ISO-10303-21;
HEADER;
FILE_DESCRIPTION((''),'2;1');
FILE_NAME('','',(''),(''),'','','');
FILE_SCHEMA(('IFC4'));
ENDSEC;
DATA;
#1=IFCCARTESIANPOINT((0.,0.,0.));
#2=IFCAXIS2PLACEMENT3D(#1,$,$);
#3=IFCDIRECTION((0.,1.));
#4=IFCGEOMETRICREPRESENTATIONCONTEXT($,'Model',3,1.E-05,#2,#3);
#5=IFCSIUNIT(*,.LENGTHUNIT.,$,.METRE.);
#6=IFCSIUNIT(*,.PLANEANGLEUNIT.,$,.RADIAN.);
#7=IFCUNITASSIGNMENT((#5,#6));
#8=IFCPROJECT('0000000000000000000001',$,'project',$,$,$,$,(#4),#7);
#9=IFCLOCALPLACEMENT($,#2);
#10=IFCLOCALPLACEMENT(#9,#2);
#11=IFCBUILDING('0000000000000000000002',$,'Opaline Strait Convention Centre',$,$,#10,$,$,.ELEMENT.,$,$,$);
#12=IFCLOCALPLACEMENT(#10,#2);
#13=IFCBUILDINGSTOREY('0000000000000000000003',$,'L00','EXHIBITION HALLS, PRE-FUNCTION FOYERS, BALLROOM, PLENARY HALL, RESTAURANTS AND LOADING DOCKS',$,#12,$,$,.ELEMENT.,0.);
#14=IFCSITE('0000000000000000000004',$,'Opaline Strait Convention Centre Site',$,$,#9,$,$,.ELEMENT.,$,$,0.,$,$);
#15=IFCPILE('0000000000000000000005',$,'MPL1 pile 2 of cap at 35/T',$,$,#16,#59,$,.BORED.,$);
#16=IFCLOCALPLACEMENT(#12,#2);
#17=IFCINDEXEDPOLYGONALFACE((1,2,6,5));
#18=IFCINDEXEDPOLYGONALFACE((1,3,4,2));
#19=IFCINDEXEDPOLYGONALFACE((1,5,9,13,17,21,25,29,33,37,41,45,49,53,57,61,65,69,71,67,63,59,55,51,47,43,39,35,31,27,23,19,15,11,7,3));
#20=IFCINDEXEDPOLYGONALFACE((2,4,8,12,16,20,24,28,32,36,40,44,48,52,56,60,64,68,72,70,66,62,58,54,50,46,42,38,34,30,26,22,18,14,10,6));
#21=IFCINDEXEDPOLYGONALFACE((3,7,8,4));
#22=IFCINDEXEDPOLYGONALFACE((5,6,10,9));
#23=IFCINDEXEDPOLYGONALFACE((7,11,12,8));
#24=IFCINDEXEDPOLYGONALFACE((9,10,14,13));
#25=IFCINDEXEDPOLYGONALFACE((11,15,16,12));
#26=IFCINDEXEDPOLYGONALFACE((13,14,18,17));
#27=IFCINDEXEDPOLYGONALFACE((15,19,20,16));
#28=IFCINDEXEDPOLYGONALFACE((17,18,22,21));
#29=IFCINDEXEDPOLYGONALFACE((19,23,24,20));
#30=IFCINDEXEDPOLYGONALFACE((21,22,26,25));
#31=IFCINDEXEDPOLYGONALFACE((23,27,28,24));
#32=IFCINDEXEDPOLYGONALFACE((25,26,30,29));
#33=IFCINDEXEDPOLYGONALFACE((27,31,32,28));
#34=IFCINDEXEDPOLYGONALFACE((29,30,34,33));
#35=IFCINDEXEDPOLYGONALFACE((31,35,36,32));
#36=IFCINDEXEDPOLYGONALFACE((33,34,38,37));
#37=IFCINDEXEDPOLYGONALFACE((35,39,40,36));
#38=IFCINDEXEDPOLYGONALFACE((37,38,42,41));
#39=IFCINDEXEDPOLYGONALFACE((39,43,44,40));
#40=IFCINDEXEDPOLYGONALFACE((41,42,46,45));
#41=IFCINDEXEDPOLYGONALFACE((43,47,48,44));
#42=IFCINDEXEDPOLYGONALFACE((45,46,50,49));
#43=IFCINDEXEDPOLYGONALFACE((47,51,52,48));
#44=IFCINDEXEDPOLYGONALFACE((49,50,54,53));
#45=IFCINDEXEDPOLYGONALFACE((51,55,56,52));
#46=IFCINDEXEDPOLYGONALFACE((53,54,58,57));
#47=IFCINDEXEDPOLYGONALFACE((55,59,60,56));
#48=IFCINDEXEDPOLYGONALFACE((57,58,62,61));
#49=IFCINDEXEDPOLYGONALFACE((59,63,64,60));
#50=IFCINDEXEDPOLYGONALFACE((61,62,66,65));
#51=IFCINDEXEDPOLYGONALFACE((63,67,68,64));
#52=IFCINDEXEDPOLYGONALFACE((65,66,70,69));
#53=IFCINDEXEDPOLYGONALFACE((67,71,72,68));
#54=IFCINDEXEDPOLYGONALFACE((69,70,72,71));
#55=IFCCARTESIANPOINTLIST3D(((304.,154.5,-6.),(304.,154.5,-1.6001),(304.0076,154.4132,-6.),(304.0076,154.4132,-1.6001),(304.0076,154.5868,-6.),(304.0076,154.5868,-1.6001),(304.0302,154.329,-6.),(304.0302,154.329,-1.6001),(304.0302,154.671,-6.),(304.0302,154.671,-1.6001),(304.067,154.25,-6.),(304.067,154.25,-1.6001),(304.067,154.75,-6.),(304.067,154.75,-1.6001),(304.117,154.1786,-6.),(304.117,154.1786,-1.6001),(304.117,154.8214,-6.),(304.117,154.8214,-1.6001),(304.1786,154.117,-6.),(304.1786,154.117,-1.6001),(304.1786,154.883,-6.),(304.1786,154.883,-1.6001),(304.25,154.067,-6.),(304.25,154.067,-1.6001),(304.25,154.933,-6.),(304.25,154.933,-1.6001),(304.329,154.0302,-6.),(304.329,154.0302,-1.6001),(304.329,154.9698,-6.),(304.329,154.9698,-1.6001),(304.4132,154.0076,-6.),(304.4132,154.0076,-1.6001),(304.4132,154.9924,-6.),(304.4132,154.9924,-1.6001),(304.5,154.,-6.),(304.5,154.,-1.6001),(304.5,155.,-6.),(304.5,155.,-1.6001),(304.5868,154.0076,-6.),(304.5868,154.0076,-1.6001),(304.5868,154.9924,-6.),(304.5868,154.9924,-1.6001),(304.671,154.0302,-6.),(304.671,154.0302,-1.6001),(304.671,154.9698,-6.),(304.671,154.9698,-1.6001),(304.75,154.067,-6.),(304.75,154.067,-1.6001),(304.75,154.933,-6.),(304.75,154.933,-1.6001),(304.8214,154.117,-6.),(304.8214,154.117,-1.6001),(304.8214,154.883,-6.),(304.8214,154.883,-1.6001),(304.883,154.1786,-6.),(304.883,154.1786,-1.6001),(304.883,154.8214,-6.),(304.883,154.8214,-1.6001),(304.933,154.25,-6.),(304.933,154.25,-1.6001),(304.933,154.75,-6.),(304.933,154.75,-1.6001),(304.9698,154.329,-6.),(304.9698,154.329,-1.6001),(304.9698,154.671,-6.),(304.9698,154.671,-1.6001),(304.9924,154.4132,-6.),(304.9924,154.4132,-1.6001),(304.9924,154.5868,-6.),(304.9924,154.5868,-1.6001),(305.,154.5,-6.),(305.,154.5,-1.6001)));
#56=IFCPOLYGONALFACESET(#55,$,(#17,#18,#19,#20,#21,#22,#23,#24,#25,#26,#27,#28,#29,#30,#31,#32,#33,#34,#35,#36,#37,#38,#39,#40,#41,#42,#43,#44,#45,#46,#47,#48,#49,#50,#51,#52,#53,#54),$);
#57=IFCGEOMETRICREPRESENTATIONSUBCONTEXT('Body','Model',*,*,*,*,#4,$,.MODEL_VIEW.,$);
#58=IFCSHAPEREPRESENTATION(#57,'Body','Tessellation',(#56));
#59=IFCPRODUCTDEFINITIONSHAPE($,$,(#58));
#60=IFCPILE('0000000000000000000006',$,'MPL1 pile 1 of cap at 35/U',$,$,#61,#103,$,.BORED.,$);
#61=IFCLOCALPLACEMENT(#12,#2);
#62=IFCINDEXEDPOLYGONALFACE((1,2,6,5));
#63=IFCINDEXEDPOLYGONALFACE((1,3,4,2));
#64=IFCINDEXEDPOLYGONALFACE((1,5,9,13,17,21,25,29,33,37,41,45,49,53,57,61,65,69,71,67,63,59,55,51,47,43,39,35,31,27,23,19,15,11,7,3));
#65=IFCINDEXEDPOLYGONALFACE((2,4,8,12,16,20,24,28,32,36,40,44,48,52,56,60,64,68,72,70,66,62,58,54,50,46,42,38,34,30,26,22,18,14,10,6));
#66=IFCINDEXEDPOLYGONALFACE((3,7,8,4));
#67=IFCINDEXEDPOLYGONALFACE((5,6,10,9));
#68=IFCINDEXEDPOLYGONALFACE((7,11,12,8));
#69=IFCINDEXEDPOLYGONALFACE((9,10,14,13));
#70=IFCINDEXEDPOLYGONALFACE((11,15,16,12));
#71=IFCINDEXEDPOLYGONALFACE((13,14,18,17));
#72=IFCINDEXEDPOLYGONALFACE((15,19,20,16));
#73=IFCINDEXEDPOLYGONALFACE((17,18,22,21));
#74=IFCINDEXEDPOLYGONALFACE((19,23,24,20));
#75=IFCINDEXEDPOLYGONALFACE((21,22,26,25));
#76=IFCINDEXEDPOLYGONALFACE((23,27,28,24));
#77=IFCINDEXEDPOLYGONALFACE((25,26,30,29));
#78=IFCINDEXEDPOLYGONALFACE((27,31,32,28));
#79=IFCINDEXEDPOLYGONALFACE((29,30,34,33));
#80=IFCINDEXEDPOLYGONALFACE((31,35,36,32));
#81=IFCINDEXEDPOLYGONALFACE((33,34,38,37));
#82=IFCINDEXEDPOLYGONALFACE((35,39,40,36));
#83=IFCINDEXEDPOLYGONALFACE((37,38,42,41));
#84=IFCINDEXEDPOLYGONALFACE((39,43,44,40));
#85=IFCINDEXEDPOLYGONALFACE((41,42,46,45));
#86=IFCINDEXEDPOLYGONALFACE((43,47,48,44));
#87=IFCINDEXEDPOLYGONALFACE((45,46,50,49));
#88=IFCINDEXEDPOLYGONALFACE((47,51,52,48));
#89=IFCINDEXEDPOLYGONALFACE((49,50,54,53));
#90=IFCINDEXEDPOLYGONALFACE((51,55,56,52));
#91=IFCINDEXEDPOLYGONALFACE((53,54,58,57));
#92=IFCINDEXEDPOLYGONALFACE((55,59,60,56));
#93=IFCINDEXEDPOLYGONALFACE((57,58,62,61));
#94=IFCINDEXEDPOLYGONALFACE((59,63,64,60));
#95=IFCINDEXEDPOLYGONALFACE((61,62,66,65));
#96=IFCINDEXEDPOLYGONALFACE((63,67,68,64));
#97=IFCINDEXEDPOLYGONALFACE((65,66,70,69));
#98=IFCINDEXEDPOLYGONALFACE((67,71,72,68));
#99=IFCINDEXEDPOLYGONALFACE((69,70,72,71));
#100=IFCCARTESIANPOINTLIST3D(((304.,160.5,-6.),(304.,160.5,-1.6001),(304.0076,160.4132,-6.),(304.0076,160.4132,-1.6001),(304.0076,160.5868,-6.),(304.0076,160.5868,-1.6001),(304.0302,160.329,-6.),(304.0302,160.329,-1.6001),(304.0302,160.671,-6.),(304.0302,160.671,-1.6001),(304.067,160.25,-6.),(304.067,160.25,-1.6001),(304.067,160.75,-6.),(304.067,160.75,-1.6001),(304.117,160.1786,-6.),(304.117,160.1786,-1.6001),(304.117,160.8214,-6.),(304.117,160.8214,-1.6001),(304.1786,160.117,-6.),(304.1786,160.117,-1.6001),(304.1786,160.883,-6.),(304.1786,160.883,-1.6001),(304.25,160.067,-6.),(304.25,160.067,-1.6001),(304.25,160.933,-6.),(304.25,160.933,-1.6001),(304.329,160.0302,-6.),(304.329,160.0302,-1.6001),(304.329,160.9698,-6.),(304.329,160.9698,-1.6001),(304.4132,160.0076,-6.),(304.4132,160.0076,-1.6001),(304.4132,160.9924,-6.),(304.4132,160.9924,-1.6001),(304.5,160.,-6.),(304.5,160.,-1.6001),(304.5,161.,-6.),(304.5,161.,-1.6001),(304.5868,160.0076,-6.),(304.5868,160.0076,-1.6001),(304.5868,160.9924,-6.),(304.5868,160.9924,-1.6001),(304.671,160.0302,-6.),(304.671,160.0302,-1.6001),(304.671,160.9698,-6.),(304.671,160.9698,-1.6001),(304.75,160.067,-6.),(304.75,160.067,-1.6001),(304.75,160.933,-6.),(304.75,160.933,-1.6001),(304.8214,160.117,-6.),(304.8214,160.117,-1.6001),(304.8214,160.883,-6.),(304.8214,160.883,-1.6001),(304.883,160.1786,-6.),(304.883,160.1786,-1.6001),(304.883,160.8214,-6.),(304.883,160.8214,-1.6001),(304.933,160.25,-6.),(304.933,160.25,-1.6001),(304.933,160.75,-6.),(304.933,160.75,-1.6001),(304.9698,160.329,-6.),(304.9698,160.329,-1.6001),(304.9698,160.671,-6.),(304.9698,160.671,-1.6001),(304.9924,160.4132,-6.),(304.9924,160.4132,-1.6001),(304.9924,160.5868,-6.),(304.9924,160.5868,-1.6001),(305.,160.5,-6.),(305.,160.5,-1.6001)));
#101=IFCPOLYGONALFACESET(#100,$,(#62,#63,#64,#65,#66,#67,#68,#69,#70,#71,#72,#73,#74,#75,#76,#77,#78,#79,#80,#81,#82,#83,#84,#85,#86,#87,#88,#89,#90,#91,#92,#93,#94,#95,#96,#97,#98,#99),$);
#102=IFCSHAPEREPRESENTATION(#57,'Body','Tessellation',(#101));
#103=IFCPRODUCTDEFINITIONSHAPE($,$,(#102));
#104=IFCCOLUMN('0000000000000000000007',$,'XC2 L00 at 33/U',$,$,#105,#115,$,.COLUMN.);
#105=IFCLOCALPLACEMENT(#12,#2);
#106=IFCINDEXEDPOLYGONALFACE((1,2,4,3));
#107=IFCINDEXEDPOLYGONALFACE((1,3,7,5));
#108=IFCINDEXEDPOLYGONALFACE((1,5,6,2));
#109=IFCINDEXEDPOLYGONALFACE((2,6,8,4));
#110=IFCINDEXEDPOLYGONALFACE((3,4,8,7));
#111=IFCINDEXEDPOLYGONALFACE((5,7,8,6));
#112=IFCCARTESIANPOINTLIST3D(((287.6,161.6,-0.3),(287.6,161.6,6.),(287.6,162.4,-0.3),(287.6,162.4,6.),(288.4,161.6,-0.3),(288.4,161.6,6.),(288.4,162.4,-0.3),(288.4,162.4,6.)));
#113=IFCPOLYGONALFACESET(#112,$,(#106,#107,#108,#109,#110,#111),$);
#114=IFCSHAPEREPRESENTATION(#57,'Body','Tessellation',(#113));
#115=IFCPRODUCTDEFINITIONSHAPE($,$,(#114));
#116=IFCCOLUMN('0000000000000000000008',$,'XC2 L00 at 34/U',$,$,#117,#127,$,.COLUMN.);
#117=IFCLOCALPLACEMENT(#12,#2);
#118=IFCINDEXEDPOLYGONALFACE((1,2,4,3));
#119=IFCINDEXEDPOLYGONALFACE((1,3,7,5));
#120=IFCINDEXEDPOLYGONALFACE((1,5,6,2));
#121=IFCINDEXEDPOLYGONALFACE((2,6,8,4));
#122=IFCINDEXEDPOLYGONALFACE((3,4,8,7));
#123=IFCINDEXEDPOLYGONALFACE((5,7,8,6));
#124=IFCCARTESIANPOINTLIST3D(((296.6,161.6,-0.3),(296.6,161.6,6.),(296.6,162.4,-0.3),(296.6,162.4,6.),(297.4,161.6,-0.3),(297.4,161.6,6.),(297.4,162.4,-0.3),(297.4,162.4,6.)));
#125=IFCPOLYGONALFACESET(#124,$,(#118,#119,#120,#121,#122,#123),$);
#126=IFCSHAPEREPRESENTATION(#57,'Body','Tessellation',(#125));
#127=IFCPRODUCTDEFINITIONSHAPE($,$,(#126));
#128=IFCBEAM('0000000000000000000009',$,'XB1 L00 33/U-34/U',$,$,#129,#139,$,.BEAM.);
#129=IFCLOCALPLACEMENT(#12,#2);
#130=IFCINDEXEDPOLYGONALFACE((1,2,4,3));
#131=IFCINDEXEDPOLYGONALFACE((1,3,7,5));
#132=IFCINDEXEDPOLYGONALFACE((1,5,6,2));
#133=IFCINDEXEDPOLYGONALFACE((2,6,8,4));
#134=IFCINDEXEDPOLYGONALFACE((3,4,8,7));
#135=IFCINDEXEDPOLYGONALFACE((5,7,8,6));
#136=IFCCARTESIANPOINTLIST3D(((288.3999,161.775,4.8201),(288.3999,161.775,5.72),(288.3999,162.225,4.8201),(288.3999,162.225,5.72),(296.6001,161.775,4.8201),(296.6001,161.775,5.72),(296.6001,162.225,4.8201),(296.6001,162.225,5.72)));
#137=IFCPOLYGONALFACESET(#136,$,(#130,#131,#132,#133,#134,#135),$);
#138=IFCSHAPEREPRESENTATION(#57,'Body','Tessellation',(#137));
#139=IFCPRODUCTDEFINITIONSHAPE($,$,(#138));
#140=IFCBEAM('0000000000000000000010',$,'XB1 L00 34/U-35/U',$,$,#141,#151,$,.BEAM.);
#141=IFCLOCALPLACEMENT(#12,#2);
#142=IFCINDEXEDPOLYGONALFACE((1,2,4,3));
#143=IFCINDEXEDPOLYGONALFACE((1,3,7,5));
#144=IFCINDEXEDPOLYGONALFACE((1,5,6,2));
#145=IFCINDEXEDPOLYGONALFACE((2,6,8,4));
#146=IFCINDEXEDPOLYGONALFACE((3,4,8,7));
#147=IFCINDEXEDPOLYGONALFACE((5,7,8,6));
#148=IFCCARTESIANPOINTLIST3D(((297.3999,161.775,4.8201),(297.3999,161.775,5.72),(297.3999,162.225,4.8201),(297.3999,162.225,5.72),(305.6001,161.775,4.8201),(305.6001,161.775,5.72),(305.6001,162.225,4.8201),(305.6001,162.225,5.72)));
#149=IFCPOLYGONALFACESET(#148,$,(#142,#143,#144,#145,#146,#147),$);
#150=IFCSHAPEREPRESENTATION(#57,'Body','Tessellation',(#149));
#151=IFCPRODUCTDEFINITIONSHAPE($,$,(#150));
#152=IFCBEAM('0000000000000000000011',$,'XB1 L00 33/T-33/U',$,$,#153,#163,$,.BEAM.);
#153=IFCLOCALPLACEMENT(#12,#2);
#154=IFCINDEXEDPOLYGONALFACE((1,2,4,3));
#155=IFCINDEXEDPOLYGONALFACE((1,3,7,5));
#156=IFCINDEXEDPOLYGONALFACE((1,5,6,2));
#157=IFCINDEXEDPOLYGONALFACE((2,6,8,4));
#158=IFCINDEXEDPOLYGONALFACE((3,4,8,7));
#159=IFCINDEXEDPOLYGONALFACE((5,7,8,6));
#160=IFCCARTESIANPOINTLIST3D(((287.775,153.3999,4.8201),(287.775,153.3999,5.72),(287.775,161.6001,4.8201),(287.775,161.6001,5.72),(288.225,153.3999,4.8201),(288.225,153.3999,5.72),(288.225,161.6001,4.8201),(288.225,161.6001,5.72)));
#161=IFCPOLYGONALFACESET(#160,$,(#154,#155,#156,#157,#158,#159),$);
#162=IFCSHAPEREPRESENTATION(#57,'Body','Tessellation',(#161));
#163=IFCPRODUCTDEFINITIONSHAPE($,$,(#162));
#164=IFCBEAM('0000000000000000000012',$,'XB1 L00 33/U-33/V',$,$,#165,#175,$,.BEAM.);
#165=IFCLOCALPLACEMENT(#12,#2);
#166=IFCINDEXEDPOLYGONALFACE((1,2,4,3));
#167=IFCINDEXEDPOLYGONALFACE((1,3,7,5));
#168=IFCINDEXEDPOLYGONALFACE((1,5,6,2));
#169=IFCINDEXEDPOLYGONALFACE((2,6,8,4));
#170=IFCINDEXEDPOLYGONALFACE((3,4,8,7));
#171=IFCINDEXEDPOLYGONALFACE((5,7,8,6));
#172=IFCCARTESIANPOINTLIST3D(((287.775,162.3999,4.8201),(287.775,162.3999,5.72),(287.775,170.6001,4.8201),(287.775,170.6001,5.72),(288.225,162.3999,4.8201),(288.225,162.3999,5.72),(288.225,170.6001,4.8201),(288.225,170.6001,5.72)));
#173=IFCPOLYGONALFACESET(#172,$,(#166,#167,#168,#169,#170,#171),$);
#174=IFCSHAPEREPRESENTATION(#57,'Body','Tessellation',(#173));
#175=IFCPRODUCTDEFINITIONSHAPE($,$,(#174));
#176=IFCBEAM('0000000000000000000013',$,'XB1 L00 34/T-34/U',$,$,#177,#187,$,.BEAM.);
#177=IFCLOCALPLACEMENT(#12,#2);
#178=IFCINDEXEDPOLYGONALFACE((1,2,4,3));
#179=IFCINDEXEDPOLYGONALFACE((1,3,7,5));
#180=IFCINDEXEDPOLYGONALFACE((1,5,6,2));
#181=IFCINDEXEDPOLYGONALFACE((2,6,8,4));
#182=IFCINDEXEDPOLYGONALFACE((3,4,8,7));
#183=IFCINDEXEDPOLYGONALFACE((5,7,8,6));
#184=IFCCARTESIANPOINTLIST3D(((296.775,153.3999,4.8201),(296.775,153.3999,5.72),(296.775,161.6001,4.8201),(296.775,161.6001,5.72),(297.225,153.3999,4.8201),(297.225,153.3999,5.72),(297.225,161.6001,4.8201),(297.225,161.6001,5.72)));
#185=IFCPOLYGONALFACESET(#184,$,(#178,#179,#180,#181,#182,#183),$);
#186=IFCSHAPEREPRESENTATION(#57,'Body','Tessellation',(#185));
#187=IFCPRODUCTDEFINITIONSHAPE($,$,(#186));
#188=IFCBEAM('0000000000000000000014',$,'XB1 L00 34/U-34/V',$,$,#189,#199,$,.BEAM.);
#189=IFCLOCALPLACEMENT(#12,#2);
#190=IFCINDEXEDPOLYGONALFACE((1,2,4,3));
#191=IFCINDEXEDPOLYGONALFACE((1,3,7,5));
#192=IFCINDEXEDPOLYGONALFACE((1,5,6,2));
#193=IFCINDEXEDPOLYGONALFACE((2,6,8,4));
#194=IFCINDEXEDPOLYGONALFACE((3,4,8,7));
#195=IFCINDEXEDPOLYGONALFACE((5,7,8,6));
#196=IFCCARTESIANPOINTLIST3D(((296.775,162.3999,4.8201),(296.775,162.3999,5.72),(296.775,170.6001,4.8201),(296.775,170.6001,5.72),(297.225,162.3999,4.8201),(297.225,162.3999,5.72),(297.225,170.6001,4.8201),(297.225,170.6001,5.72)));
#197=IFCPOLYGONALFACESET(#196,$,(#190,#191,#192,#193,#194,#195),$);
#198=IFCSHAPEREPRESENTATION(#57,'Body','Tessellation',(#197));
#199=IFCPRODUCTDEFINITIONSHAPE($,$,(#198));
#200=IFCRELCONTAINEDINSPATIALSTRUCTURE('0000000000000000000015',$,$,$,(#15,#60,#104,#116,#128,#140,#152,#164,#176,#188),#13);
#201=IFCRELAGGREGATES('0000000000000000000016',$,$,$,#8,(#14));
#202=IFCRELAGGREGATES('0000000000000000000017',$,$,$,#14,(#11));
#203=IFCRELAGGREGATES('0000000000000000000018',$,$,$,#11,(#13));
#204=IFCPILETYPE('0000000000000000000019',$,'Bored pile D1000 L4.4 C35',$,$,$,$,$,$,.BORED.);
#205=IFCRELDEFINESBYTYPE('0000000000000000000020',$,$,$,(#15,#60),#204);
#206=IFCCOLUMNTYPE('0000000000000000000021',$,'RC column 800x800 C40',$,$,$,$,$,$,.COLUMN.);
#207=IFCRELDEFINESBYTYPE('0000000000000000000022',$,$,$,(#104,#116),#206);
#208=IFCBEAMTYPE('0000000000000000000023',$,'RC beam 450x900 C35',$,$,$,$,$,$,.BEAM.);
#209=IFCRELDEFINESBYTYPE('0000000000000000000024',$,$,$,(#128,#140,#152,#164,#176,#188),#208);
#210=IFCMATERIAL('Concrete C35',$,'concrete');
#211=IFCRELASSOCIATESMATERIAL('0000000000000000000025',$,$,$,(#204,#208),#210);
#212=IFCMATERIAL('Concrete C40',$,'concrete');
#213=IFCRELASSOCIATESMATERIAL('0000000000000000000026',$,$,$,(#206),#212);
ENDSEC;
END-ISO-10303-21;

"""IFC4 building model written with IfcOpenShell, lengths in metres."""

from ifc_helpers import new_model, si_unit, direction, frame, origin, origin_2d, place, context, subcontext, project, spatial, rectangle, circle, extrude, material, material_profile, profile_set, type_object, element, save


model = new_model("IFC4")

# Units and contexts
model_context = context("Model", 3, precision=1e-05, world=origin(), true_north=direction((0.0, 1.0)))
body_context = subcontext(model_context, "Body", "Model", "MODEL_VIEW")
ifc_project = project(units=[si_unit("LENGTHUNIT", "METRE"), si_unit("PLANEANGLEUNIT", "RADIAN")], contexts=[model_context])

# Site, building, storey
site_placement = place(None, origin())
site = spatial("IfcSite", under=ifc_project, at=site_placement, Name="Opaline Strait Convention Centre Site", CompositionType="ELEMENT", RefElevation=0.0)
building_placement = place(site_placement, origin())
building = spatial("IfcBuilding", under=site, at=building_placement, Name="Opaline Strait Convention Centre", CompositionType="ELEMENT")
storey_placement = place(building_placement, origin())
storey = spatial("IfcBuildingStorey", under=building, at=storey_placement, Name="L00", Description="EXHIBITION HALLS, PRE-FUNCTION FOYERS, BALLROOM, PLENARY HALL, RESTAURANTS AND LOADING DOCKS", CompositionType="ELEMENT", Elevation=0.0)

# Piles
ifc_material_1 = material(Name="Concrete C35", Category="concrete")
ifc_material_profile_1 = material_profile(ifc_material_1, circle(Radius=0.5, at=origin_2d()), Name="D1000")
ifc_profile_set_1 = profile_set([ifc_material_profile_1], Name="Concrete C35")
pile_type = type_object("IfcPileType", Name="Bored pile D1000 L4.4 C35", PredefinedType="BORED", material=ifc_profile_set_1)
for number, where, z_axis, x_axis, name in (
    (1, (304.5, 154.5, -1.6001), (0.0, 0.0, -1.0), (1.0, 0.0, 0.0), "MPL1 pile 2 of cap at 35/T"),
    (2, (304.5, 160.5, -1.6001), (0.0, 0.0, -1.0), (1.0, 0.0, 0.0), "MPL1 pile 1 of cap at 35/U"),
):
    element("IfcPile", number, at=place(storey_placement, frame(where, z_axis=z_axis, x_axis=x_axis)), inside=storey, type_object=pile_type, Name=name, PredefinedType="BORED", context=body_context, shape_type="SweptSolid", body=[
        extrude(circle(Radius=0.5, at=origin_2d()), origin(), (0.0, 0.0, 1.0), 4.3999),
    ])

# Columns
ifc_material_2 = material(Name="Concrete C40", Category="concrete")
ifc_material_profile_2 = material_profile(ifc_material_2, rectangle(XDim=0.8, YDim=0.8, at=origin_2d()), Name="RC 800x800")
ifc_profile_set_2 = profile_set([ifc_material_profile_2], Name="Concrete C40")
column_type = type_object("IfcColumnType", Name="RC column 800x800 C40", PredefinedType="COLUMN", material=ifc_profile_set_2)
for number, where, z_axis, x_axis, name in (
    (3, (288.0, 162.0, -0.3), (0.0, 0.0, 1.0), (1.0, 0.0, 0.0), "XC2 L00 at 33/U"),
    (4, (297.0, 162.0, -0.3), (0.0, 0.0, 1.0), (1.0, 0.0, 0.0), "XC2 L00 at 34/U"),
):
    element("IfcColumn", number, at=place(storey_placement, frame(where, z_axis=z_axis, x_axis=x_axis)), inside=storey, type_object=column_type, Name=name, PredefinedType="COLUMN", context=body_context, shape_type="SweptSolid", body=[
        extrude(rectangle(XDim=0.8, YDim=0.8, at=origin_2d()), origin(), (0.0, 0.0, 1.0), 6.3),
    ])

# Beams
ifc_material_profile_3 = material_profile(ifc_material_1, rectangle(XDim=0.45, YDim=0.8999, at=origin_2d()), Name="RC 450x900")
ifc_profile_set_3 = profile_set([ifc_material_profile_3], Name="Concrete C35")
beam_type = type_object("IfcBeamType", Name="RC beam 450x900 C35", PredefinedType="BEAM", material=ifc_profile_set_3)
for number, where, z_axis, x_axis, name in (
    (5, (288.3999, 162.0, 5.27), (1.0, 0.0, 0.0), (0.0, 1.0, 0.0), "XB1 L00 33/U-34/U"),
    (6, (297.3999, 162.0, 5.27), (1.0, 0.0, 0.0), (0.0, 1.0, 0.0), "XB1 L00 34/U-35/U"),
    (7, (288.0, 153.3999, 5.27), (0.0, 1.0, 0.0), (-1.0, 0.0, 0.0), "XB1 L00 33/T-33/U"),
    (8, (288.0, 162.3999, 5.27), (0.0, 1.0, 0.0), (-1.0, 0.0, 0.0), "XB1 L00 33/U-33/V"),
    (9, (297.0, 153.3999, 5.27), (0.0, 1.0, 0.0), (-1.0, 0.0, 0.0), "XB1 L00 34/T-34/U"),
    (10, (297.0, 162.3999, 5.27), (0.0, 1.0, 0.0), (-1.0, 0.0, 0.0), "XB1 L00 34/U-34/V"),
):
    element("IfcBeam", number, at=place(storey_placement, frame(where, z_axis=z_axis, x_axis=x_axis)), inside=storey, type_object=beam_type, Name=name, PredefinedType="BEAM", context=body_context, shape_type="SweptSolid", body=[
        extrude(rectangle(XDim=0.45, YDim=0.8999, at=origin_2d()), origin(), (0.0, 0.0, 1.0), 8.2002),
    ])

save(model, "model.ifc")
